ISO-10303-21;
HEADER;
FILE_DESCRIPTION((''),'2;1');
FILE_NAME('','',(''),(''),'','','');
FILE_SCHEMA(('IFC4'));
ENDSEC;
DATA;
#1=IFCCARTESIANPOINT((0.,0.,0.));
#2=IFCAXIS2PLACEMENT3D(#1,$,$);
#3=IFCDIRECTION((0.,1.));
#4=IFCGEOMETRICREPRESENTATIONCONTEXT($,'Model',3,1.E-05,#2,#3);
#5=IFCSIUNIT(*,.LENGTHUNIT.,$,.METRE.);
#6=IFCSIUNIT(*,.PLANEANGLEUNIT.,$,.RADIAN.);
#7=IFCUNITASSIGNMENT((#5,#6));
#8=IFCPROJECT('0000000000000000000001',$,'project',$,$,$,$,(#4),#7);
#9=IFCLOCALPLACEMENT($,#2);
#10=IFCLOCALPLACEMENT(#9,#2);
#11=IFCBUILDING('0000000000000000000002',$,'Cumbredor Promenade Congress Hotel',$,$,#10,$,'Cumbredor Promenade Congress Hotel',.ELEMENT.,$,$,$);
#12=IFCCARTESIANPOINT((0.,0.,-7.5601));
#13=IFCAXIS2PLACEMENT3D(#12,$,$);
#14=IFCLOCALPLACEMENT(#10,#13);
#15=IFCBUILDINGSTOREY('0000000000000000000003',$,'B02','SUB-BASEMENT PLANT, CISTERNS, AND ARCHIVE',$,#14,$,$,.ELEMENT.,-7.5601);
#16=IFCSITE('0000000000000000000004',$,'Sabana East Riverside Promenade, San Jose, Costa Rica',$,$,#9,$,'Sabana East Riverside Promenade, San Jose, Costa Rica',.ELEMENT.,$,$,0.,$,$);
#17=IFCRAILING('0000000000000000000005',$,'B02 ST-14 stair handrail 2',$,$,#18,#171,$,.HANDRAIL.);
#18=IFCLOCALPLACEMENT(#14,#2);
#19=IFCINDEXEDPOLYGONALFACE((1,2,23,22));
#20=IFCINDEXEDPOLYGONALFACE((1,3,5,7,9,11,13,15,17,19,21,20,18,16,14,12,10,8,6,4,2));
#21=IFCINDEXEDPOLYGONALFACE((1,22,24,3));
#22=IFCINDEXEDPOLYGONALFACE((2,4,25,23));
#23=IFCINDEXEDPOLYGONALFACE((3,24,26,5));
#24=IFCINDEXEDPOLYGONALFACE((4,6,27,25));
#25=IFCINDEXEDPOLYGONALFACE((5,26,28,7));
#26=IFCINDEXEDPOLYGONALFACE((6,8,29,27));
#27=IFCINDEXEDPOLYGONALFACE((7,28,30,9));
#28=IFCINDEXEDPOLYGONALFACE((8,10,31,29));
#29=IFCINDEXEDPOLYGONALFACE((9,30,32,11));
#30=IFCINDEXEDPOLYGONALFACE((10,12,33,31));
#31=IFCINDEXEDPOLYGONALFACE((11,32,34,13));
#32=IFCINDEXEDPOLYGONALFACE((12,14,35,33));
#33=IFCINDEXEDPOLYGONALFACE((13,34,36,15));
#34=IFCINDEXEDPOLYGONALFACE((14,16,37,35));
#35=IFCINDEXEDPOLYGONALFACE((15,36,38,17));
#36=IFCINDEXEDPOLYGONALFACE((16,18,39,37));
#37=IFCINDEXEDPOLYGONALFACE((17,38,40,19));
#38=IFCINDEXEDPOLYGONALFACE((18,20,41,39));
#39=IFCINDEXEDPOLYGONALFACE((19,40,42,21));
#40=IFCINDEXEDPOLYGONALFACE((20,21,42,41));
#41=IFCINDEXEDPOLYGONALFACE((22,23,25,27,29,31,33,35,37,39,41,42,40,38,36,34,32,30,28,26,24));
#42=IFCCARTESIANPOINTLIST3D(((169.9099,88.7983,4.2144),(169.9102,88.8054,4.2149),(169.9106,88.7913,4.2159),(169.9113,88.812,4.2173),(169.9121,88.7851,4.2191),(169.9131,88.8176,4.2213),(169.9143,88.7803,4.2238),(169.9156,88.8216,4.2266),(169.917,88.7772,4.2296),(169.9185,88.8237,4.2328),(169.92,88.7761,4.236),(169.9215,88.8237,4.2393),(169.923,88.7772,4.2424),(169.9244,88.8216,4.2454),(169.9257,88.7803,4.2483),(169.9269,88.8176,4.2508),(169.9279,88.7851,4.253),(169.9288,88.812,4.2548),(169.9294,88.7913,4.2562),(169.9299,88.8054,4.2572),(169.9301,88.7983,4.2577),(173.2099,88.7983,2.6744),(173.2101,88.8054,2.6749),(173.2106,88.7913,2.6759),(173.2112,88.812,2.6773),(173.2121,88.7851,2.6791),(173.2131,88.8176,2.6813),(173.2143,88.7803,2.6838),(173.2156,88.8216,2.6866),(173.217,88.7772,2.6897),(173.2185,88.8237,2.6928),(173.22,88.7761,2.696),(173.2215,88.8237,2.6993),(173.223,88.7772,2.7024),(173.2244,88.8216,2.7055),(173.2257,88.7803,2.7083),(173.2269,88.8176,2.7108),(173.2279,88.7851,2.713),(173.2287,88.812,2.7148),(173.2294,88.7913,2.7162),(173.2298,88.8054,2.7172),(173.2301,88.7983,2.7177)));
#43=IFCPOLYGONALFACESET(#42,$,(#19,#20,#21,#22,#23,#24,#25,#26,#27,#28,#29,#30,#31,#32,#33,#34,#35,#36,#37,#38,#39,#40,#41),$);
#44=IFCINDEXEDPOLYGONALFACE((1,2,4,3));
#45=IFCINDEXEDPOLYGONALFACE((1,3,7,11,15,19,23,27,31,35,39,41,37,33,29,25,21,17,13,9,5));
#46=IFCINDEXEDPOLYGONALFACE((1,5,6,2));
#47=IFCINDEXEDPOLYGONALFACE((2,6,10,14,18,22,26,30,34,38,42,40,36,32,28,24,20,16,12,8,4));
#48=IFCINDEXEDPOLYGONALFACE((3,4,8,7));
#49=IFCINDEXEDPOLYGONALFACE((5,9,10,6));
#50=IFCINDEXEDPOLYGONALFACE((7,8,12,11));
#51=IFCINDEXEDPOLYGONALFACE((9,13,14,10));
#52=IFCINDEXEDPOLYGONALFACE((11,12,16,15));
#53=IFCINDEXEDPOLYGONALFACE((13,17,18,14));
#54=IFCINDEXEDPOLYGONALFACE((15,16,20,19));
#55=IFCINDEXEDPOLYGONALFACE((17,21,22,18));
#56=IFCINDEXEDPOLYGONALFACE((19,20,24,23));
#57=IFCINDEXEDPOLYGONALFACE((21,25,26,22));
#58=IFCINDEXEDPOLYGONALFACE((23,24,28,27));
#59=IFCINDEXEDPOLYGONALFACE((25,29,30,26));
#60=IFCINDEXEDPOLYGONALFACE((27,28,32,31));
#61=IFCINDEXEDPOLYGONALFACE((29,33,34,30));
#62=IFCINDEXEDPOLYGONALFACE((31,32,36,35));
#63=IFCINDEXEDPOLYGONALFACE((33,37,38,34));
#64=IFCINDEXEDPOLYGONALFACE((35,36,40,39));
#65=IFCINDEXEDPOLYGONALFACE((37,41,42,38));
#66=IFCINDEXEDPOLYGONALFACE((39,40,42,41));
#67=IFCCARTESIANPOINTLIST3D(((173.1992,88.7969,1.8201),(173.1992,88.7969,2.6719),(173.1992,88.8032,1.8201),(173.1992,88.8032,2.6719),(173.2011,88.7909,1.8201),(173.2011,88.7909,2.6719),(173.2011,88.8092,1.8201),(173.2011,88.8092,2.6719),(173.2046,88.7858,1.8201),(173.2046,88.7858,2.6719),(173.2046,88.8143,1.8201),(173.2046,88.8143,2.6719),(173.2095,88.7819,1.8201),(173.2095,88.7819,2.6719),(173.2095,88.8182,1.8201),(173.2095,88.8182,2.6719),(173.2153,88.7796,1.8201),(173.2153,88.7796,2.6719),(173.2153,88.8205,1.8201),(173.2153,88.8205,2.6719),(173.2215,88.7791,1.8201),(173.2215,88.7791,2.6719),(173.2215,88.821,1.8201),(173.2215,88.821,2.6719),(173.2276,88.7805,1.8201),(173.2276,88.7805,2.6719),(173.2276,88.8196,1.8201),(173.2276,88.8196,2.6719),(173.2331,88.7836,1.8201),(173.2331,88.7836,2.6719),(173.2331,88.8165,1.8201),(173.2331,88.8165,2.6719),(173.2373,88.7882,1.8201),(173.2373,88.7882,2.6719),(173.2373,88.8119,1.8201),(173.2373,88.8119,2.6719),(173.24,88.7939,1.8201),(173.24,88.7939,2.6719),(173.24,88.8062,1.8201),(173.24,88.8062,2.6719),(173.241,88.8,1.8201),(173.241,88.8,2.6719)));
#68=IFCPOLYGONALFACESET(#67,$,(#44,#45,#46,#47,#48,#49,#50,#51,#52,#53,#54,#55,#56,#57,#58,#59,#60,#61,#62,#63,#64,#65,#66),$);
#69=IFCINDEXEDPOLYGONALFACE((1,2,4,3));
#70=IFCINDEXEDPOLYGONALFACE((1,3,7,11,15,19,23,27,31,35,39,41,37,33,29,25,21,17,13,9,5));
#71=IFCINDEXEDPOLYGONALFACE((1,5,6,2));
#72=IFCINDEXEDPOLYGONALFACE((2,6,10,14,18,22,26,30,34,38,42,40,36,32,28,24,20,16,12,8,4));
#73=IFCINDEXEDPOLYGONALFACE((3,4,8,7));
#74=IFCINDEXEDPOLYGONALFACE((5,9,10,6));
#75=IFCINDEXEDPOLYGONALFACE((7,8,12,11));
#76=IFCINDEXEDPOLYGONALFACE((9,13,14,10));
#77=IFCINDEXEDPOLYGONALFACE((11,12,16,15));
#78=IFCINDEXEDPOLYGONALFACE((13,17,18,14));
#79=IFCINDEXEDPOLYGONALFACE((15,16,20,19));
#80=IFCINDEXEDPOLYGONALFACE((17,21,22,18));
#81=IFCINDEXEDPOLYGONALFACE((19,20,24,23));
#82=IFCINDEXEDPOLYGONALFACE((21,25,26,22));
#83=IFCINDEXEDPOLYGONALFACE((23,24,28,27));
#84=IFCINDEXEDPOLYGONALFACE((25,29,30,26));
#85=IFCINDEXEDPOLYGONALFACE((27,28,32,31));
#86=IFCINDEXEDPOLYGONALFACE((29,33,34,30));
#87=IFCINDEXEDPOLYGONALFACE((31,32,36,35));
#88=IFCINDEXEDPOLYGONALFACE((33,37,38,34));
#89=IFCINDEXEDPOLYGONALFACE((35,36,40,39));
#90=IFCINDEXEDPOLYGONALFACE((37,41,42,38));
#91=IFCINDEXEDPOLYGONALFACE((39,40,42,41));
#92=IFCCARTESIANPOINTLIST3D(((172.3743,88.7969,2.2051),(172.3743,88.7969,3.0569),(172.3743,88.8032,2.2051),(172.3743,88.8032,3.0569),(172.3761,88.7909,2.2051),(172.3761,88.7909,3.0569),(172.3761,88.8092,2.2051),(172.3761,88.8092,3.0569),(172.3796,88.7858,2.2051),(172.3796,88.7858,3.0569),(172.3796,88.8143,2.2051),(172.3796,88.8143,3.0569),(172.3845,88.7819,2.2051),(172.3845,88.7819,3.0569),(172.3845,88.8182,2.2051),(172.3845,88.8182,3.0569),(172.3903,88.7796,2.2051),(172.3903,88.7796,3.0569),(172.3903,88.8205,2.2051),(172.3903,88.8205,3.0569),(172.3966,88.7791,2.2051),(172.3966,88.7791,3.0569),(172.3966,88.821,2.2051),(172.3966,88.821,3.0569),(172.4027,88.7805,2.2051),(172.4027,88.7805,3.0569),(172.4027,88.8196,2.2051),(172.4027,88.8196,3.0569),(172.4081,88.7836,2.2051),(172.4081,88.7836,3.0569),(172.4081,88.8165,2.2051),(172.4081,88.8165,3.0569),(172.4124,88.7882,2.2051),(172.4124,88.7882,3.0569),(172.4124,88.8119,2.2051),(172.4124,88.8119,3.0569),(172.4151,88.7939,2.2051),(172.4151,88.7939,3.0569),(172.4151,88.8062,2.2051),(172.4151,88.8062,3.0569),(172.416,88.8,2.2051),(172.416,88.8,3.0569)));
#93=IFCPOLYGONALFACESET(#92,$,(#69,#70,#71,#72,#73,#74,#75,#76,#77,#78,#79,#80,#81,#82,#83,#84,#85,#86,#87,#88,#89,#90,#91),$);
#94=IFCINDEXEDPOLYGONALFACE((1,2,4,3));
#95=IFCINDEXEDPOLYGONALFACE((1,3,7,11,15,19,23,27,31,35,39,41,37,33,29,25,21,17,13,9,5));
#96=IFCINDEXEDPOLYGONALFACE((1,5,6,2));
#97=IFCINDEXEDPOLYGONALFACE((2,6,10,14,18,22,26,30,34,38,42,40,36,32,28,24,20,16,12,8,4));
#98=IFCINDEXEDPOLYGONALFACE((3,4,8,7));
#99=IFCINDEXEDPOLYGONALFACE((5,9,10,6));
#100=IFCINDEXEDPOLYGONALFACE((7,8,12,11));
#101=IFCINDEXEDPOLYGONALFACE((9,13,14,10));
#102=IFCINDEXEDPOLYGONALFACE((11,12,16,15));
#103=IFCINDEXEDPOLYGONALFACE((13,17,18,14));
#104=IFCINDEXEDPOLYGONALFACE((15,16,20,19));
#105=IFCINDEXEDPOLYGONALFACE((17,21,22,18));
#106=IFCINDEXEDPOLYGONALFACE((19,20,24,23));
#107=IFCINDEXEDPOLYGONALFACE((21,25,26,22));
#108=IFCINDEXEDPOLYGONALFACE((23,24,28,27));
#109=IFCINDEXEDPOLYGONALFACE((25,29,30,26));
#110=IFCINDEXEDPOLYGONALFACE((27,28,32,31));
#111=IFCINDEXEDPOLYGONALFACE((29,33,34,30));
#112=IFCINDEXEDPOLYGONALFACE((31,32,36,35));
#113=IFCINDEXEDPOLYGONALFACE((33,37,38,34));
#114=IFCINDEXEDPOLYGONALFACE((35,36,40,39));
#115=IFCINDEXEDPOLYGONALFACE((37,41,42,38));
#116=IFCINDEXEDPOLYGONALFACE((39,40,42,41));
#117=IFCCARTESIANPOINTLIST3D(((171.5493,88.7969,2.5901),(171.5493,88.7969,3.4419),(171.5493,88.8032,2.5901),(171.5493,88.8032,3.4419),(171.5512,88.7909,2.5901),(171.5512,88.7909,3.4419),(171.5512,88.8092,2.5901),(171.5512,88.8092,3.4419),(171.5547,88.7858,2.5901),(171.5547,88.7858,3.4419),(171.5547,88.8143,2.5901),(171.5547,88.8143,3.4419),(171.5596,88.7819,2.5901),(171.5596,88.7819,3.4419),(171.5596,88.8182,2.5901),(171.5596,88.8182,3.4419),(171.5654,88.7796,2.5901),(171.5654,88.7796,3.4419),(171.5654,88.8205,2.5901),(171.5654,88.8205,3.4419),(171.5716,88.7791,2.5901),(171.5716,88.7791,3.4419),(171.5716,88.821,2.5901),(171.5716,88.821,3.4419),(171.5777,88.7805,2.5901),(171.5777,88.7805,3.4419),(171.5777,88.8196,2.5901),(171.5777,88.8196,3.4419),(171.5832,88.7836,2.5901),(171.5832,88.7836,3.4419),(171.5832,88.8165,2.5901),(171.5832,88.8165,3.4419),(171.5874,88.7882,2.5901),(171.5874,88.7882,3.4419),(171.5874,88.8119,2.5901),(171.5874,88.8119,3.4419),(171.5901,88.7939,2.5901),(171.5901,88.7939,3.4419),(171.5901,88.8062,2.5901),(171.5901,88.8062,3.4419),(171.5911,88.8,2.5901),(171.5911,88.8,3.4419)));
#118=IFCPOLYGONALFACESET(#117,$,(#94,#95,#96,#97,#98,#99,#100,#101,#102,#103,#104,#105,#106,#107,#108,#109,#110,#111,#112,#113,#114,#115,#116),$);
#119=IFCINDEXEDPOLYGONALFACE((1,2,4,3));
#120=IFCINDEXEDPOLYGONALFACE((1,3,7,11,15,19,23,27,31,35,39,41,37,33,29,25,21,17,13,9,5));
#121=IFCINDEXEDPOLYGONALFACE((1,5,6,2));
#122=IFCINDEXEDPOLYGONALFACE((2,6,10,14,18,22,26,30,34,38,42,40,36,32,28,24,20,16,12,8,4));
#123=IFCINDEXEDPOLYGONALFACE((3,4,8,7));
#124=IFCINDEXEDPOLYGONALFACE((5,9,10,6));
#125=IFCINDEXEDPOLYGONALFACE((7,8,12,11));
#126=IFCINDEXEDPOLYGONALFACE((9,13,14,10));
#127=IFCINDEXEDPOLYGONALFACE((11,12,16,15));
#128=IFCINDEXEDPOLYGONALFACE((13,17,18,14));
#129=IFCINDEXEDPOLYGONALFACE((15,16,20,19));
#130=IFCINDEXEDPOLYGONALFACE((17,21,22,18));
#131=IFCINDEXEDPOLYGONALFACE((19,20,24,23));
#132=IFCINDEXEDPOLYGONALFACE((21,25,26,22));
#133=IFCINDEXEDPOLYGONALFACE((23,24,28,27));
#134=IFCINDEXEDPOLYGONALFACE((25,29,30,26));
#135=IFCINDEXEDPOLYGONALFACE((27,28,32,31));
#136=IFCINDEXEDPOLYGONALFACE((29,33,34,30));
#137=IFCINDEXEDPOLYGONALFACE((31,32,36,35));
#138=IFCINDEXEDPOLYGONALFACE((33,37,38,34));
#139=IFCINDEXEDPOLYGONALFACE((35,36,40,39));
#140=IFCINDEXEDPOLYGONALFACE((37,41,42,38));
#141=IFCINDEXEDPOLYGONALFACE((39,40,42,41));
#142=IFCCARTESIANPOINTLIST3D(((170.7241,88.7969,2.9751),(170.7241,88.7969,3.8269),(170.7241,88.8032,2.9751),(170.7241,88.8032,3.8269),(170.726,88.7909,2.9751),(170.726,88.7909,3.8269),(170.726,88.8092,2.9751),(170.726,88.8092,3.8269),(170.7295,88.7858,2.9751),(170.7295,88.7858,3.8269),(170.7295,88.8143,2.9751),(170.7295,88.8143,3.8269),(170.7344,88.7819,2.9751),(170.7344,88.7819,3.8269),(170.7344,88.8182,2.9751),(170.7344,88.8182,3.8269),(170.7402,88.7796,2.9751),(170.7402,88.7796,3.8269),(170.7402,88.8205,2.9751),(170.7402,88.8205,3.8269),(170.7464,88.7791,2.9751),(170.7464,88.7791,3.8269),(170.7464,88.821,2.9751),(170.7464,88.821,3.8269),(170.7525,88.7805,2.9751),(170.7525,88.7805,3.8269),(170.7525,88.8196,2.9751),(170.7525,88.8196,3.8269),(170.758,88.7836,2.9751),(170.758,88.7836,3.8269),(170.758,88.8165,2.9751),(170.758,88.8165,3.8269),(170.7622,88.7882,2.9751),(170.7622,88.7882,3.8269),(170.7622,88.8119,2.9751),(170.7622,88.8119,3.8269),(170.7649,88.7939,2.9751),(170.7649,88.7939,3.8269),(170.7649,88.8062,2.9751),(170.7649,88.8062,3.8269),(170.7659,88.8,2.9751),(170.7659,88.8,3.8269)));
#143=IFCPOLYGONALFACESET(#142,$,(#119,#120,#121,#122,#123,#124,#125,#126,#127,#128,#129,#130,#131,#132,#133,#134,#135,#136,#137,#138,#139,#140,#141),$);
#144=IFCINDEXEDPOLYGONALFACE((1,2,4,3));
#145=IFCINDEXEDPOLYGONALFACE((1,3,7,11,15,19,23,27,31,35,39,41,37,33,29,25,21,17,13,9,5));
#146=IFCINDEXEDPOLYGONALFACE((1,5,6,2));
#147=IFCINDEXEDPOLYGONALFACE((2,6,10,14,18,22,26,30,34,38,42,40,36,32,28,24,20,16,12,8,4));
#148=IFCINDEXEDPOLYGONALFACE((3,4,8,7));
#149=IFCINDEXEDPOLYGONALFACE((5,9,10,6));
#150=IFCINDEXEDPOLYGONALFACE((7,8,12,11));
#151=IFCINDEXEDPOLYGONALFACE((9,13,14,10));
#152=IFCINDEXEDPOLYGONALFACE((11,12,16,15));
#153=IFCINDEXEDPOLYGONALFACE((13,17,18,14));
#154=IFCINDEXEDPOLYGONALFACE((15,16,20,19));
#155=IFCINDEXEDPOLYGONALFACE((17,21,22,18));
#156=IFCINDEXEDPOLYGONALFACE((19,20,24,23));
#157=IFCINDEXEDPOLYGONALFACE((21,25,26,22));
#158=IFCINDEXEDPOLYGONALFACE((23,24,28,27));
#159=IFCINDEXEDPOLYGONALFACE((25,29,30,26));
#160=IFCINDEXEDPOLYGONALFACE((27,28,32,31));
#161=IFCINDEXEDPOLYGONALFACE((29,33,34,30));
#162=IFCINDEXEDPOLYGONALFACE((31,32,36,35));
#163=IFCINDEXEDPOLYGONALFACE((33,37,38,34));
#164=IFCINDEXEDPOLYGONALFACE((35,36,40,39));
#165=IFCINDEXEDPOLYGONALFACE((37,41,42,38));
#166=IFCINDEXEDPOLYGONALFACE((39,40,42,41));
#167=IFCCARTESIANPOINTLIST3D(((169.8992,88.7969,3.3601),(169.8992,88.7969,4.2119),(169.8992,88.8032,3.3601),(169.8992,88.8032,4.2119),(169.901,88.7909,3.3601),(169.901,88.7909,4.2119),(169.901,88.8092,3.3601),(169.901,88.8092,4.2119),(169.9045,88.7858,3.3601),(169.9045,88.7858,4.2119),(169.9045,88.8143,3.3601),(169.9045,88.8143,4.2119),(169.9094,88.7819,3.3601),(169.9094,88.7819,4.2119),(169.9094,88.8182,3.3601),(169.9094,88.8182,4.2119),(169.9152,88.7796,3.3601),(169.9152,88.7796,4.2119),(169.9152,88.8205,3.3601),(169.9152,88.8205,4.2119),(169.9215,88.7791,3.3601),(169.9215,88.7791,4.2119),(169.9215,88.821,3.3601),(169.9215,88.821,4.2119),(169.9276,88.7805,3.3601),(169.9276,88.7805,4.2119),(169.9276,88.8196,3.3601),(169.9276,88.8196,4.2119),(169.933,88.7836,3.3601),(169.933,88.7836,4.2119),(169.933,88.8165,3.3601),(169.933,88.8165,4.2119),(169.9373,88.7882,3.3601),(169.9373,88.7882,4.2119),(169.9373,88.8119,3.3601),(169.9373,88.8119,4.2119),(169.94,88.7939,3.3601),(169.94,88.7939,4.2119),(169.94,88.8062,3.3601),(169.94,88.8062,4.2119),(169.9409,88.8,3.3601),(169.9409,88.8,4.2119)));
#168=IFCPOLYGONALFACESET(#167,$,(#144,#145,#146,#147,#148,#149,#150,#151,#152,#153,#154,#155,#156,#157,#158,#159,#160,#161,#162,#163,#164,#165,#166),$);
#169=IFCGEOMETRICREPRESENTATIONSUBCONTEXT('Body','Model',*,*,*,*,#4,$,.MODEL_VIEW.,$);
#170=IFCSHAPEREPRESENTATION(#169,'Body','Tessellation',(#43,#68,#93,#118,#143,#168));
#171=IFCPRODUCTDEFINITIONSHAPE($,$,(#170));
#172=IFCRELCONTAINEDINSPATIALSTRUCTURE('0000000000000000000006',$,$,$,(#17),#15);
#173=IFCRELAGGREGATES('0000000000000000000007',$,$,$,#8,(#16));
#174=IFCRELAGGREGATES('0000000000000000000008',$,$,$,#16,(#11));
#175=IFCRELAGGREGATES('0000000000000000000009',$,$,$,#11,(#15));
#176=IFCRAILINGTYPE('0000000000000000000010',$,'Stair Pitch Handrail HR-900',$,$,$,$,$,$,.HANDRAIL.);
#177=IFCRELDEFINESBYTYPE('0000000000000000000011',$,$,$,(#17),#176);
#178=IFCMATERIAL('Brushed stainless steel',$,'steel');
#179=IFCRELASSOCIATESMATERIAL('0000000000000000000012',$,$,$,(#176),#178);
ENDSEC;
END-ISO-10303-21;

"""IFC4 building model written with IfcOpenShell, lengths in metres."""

from ifc_helpers import new_model, si_unit, direction, frame, origin, origin_2d, place, context, subcontext, project, spatial, circle, extrude, material, type_object, element, save


model = new_model("IFC4")

# Units and contexts
model_context = context("Model", 3, precision=1e-05, world=origin(), true_north=direction((0.0, 1.0)))
body_context = subcontext(model_context, "Body", "Model", "MODEL_VIEW")
ifc_project = project(units=[si_unit("LENGTHUNIT", "METRE"), si_unit("PLANEANGLEUNIT", "RADIAN")], contexts=[model_context])

# Site, building, storey
site_placement = place(None, origin())
site = spatial("IfcSite", under=ifc_project, at=site_placement, Name="Sabana East Riverside Promenade, San Jose, Costa Rica", LongName="Sabana East Riverside Promenade, San Jose, Costa Rica", CompositionType="ELEMENT", RefElevation=0.0)
building_placement = place(site_placement, origin())
building = spatial("IfcBuilding", under=site, at=building_placement, Name="Cumbredor Promenade Congress Hotel", LongName="Cumbredor Promenade Congress Hotel", CompositionType="ELEMENT")
storey_placement = place(building_placement, frame((0.0, 0.0, -7.5601)))
storey = spatial("IfcBuildingStorey", under=building, at=storey_placement, Name="B02", Description="SUB-BASEMENT PLANT, CISTERNS, AND ARCHIVE", CompositionType="ELEMENT", Elevation=-7.5601)

# Railing
ifc_material_1 = material(Name="Brushed stainless steel", Category="steel")
railing_type_1 = type_object("IfcRailingType", Name="Stair Pitch Handrail HR-900", PredefinedType="HANDRAIL", material=ifc_material_1)
railing_1_placement = place(storey_placement, frame((173.22, 88.8, 1.8201)))
element("IfcRailing", 1, at=railing_1_placement, inside=storey, type_object=railing_type_1, Name="B02 ST-14 stair handrail 2", PredefinedType="HANDRAIL", context=body_context, shape_type="SweptSolid", body=[
    extrude(circle(Radius=0.0239, at=origin_2d()), frame((0.0, 0.0, 0.876), z_axis=(-0.906181, 0.0, 0.422889), x_axis=(0.0, -1.0, 0.0)), (0.0, 0.0, 1.0), 3.6416),
    extrude(circle(Radius=0.021, at=origin_2d()), origin(), (0.0, 0.0, 1.0), 0.8518),
    extrude(circle(Radius=0.021, at=origin_2d()), frame((-0.825, 0.0, 0.385)), (0.0, 0.0, 1.0), 0.8518),
    extrude(circle(Radius=0.021, at=origin_2d()), frame((-1.6499, 0.0, 0.77)), (0.0, 0.0, 1.0), 0.8518),
    extrude(circle(Radius=0.021, at=origin_2d()), frame((-2.4751, 0.0, 1.155)), (0.0, 0.0, 1.0), 0.8518),
    extrude(circle(Radius=0.021, at=origin_2d()), frame((-3.3, 0.0, 1.54)), (0.0, 0.0, 1.0), 0.8518),
])

save(model, "model.ifc")
